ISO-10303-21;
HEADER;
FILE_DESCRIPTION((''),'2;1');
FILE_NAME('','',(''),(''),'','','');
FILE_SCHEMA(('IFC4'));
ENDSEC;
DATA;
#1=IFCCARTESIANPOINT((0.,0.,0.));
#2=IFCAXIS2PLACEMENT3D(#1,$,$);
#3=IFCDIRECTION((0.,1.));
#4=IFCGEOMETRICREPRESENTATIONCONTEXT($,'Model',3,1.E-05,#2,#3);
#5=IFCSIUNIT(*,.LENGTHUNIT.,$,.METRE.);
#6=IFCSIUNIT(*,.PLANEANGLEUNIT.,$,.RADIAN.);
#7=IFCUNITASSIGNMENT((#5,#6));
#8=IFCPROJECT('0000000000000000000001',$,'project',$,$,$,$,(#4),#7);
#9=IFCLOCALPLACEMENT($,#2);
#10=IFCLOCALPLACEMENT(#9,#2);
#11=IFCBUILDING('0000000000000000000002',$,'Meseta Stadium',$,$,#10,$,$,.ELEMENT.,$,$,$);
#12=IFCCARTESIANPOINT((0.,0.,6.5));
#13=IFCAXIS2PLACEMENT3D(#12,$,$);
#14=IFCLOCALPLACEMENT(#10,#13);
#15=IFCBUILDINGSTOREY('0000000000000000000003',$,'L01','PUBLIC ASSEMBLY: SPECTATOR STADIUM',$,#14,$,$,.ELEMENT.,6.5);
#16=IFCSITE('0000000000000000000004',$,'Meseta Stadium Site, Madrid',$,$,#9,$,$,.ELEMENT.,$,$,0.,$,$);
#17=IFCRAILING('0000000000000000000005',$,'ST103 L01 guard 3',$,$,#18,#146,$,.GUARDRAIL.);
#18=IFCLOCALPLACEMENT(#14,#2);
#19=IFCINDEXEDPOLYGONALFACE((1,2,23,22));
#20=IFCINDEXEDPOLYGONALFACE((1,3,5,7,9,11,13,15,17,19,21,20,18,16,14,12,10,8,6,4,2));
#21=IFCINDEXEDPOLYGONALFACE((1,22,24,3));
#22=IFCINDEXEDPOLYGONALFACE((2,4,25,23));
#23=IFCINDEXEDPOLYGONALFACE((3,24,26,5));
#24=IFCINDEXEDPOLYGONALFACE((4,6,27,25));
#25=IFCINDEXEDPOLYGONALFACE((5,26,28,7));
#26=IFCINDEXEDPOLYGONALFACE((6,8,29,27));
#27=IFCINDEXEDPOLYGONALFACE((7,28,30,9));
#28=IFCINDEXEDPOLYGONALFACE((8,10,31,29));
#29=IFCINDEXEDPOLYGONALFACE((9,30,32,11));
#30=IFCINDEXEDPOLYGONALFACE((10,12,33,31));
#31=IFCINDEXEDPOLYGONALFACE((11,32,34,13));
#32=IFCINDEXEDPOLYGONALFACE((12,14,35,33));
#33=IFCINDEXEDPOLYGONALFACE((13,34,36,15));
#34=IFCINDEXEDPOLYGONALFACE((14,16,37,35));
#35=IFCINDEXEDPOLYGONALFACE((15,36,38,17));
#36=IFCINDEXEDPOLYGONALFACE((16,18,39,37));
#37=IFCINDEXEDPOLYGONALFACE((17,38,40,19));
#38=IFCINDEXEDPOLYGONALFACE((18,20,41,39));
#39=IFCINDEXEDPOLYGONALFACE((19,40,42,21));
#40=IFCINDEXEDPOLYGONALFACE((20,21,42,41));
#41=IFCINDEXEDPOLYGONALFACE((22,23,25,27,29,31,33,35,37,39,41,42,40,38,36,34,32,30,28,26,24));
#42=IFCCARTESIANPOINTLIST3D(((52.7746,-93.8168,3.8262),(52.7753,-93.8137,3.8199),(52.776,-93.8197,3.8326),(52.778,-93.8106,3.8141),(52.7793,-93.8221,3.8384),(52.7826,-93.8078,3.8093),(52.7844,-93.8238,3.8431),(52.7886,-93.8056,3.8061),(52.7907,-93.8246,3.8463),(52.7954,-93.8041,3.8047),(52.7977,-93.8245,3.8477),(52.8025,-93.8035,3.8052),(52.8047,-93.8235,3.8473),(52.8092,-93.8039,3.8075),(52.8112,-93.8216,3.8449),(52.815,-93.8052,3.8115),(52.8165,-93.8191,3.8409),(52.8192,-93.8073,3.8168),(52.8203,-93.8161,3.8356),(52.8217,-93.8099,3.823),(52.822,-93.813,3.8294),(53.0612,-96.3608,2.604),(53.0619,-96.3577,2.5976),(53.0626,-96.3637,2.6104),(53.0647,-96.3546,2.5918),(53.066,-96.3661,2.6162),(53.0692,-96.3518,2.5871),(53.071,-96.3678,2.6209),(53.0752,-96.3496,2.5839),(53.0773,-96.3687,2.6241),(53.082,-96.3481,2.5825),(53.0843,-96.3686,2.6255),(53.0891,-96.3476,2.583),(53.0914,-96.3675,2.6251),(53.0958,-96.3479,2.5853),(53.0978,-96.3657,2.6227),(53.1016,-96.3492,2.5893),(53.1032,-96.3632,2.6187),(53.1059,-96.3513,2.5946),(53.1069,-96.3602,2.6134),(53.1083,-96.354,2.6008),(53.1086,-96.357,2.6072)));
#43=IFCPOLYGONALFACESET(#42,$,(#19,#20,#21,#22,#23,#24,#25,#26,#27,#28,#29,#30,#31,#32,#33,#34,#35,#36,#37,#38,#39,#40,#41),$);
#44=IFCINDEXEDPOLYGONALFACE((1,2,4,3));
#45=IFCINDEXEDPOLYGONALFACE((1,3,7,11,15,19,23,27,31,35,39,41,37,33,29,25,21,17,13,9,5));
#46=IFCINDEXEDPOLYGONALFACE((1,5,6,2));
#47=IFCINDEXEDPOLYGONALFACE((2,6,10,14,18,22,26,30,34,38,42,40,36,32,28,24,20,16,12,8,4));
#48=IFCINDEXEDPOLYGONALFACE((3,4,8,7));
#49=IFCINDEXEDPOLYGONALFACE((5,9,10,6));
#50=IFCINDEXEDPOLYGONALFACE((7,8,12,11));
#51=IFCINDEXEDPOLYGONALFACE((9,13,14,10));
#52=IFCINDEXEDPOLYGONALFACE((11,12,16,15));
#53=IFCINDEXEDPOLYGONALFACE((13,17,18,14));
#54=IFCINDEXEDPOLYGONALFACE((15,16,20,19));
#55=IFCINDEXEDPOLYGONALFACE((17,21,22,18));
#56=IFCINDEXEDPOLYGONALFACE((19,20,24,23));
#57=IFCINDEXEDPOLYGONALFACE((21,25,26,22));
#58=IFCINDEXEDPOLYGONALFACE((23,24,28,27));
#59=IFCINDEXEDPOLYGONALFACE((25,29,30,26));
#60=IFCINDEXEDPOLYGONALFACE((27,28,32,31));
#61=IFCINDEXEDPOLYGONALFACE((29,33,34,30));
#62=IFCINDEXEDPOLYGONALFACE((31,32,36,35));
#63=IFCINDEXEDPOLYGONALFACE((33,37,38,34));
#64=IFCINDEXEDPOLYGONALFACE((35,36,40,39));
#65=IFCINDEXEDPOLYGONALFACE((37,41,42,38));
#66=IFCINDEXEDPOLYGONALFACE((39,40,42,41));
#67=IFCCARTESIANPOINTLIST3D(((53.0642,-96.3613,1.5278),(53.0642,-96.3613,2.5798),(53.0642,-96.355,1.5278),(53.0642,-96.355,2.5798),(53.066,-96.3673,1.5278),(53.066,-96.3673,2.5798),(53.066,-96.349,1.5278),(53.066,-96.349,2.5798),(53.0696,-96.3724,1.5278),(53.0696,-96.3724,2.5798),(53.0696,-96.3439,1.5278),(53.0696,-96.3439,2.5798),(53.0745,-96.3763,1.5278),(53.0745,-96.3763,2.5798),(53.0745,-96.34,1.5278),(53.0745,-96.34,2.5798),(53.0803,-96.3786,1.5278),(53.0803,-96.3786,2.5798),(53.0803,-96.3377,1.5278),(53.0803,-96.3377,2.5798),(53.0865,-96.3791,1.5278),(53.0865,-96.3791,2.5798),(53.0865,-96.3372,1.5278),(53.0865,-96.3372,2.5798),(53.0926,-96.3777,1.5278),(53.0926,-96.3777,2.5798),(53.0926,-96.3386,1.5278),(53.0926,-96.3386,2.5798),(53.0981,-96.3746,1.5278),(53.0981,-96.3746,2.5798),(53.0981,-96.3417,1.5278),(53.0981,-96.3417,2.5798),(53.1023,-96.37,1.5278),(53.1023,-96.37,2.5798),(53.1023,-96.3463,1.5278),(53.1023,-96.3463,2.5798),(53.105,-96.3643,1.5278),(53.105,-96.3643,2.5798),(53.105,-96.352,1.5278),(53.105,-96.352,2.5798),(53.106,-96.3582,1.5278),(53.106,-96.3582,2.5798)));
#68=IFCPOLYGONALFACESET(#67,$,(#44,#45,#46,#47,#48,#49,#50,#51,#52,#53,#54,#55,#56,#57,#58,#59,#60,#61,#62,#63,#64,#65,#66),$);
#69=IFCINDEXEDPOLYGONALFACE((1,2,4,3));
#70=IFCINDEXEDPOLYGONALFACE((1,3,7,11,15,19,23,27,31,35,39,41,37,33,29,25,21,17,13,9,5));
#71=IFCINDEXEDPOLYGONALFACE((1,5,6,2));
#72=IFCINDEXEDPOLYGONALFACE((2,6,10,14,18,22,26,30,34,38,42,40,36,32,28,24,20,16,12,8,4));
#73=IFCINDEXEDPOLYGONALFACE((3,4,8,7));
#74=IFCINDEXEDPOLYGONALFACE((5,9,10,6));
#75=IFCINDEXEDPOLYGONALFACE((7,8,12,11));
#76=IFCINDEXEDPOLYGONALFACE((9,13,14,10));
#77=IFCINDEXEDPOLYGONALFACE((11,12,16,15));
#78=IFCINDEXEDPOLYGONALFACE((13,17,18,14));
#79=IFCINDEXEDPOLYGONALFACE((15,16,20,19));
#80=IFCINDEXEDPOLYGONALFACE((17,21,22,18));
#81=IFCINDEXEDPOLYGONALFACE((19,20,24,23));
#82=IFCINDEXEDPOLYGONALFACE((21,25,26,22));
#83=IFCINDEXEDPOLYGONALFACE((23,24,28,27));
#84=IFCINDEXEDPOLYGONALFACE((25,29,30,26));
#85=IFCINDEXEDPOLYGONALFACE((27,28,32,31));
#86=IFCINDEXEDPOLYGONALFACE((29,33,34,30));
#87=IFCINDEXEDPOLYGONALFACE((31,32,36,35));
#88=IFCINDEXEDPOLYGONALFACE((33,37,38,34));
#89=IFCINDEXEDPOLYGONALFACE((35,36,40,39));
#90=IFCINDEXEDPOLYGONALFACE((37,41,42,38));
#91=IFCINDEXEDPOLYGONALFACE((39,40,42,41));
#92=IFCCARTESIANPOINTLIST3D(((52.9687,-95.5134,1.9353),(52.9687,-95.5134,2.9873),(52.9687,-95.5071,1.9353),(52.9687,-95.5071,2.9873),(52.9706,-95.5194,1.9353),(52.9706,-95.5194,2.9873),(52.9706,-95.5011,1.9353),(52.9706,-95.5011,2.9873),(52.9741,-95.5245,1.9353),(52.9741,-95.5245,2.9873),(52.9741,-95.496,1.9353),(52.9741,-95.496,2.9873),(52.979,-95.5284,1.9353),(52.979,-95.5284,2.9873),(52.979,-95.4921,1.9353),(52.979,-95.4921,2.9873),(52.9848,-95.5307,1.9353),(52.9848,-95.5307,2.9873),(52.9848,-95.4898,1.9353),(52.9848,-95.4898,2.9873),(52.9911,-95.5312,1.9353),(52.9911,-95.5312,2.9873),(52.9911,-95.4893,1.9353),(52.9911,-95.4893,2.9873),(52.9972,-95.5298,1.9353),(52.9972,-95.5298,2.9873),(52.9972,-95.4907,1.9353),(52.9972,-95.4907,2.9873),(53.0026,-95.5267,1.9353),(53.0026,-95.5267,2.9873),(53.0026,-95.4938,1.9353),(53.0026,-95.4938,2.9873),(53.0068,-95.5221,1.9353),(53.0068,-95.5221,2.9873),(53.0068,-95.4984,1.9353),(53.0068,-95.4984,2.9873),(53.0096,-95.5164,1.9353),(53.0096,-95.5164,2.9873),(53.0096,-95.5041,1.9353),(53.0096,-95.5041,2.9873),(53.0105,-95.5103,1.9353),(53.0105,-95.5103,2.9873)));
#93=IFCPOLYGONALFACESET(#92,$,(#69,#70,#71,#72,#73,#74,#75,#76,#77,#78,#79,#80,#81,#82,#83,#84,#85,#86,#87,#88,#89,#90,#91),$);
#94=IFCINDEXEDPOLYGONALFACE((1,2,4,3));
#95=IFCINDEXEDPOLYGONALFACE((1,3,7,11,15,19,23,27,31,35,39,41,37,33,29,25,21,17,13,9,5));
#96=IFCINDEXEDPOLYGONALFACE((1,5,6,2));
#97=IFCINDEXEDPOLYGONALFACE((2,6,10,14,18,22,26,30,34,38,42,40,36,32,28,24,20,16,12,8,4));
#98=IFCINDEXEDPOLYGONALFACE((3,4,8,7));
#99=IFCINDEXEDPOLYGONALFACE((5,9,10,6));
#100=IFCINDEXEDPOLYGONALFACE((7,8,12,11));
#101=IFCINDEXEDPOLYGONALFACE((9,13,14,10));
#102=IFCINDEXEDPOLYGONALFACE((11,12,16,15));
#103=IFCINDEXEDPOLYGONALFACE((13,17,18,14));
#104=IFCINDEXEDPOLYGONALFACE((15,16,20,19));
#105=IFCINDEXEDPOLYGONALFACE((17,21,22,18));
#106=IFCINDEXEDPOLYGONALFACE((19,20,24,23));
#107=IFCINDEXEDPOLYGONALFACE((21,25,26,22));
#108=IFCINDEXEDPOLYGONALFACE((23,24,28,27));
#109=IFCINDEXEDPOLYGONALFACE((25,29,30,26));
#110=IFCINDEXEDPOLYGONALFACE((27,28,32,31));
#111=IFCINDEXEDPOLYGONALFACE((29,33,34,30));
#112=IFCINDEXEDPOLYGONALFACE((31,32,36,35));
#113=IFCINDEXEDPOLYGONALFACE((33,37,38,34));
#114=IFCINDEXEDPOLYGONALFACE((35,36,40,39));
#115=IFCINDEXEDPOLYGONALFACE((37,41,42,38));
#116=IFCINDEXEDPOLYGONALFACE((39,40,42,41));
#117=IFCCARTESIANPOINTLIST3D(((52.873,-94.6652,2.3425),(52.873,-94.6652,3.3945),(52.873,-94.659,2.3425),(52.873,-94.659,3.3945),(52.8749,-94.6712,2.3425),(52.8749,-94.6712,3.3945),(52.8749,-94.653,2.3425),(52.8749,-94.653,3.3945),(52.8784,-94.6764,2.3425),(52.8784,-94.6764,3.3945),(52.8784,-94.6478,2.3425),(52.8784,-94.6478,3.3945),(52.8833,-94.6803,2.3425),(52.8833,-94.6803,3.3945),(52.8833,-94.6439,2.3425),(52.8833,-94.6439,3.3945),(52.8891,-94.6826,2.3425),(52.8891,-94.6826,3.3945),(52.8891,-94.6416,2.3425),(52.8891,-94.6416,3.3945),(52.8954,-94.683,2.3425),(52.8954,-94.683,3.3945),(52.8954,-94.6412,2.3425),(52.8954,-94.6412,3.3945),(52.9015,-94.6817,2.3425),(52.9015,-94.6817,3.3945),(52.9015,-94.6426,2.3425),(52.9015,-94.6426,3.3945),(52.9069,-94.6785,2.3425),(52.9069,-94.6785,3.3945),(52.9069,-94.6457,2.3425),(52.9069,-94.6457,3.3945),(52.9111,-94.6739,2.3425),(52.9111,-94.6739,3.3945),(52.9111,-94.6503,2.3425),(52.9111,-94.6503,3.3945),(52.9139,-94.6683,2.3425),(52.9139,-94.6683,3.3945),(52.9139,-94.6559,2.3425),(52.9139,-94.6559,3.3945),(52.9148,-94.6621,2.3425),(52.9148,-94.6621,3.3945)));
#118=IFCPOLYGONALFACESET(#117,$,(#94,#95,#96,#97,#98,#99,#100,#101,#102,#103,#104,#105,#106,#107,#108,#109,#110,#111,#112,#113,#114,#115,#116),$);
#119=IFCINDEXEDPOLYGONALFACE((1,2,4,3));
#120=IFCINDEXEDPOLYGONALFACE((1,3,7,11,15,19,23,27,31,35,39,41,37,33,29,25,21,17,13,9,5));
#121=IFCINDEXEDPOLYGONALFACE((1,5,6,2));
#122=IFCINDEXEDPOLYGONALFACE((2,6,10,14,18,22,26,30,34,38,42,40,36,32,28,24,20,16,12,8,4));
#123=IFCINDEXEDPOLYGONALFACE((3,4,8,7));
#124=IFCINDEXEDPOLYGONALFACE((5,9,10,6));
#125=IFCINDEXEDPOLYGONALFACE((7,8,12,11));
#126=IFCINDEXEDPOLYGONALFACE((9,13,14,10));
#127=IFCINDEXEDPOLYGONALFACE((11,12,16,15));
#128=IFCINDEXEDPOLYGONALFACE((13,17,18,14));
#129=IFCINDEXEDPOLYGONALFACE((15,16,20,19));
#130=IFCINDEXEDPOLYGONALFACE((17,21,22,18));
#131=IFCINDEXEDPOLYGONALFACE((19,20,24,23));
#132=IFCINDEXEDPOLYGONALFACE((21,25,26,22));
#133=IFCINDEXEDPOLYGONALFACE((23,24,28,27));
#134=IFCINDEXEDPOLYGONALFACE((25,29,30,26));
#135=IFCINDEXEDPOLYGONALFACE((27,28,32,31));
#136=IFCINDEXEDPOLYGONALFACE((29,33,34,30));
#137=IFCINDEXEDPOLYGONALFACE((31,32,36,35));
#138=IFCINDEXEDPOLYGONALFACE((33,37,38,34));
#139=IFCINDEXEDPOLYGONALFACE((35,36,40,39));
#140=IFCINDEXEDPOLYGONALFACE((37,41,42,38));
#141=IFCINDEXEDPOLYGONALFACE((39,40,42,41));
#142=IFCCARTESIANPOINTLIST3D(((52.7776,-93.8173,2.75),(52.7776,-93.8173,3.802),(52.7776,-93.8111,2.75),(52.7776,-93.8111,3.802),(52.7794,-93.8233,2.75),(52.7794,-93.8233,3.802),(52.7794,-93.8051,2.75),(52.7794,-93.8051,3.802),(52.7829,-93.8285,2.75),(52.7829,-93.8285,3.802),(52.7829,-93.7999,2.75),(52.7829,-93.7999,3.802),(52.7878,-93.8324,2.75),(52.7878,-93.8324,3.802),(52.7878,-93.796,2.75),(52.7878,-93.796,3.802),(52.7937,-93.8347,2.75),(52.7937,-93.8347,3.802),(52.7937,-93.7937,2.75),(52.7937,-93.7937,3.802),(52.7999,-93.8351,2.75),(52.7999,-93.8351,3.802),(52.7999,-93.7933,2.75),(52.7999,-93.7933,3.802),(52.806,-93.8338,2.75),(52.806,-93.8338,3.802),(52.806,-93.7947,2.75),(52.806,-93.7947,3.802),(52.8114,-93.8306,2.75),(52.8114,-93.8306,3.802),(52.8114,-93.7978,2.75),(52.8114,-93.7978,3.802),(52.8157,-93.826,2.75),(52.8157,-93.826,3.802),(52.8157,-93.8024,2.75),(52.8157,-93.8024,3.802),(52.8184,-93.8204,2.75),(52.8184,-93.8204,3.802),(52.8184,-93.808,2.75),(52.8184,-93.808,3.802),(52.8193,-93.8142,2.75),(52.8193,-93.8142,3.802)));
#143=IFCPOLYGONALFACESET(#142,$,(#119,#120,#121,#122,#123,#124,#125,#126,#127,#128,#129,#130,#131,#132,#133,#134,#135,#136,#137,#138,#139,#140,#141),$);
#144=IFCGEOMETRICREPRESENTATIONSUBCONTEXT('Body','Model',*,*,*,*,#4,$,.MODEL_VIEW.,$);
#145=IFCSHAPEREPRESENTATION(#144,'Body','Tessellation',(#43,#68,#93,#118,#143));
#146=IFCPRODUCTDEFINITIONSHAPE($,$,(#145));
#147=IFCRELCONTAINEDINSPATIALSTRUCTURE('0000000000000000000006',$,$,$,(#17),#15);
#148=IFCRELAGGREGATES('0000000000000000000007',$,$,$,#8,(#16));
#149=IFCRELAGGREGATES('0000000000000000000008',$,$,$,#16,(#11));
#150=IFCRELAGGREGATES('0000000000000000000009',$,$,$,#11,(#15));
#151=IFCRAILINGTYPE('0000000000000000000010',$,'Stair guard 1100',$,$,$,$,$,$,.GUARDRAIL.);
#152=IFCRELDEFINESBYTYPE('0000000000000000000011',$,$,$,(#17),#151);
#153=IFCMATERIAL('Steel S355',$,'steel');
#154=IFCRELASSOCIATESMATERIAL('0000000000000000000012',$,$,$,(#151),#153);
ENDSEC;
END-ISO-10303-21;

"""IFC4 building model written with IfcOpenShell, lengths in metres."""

from ifc_helpers import new_model, si_unit, direction, frame, origin, origin_2d, place, context, subcontext, project, spatial, circle, extrude, material, type_object, element, save


model = new_model("IFC4")

# Units and contexts
model_context = context("Model", 3, precision=1e-05, world=origin(), true_north=direction((0.0, 1.0)))
body_context = subcontext(model_context, "Body", "Model", "MODEL_VIEW")
ifc_project = project(units=[si_unit("LENGTHUNIT", "METRE"), si_unit("PLANEANGLEUNIT", "RADIAN")], contexts=[model_context])

# Site, building, storey
site_placement = place(None, origin())
site = spatial("IfcSite", under=ifc_project, at=site_placement, Name="Meseta Stadium Site, Madrid", CompositionType="ELEMENT", RefElevation=0.0)
building_placement = place(site_placement, origin())
building = spatial("IfcBuilding", under=site, at=building_placement, Name="Meseta Stadium", CompositionType="ELEMENT")
storey_placement = place(building_placement, frame((0.0, 0.0, 6.5)))
storey = spatial("IfcBuildingStorey", under=building, at=storey_placement, Name="L01", Description="PUBLIC ASSEMBLY: SPECTATOR STADIUM", CompositionType="ELEMENT", Elevation=6.5)

# Railing
ifc_material_1 = material(Name="Steel S355", Category="steel")
railing_type_1 = type_object("IfcRailingType", Name="Stair guard 1100", PredefinedType="GUARDRAIL", material=ifc_material_1)
railing_1_placement = place(storey_placement, frame((53.085, -96.3582, 1.5278)))
element("IfcRailing", 1, at=railing_1_placement, inside=storey, type_object=railing_type_1, Name="ST103 L01 guard 3", PredefinedType="GUARDRAIL", context=body_context, shape_type="SweptSolid", body=[
    extrude(circle(Radius=0.0239, at=origin_2d()), frame((0.0, 0.0, 1.0762), z_axis=(-0.101036, 0.896762, 0.430824), x_axis=(-0.993713, -0.11196, 0.0)), (0.0, 0.0, 1.0), 2.8369),
    extrude(circle(Radius=0.021, at=origin_2d()), origin(), (0.0, 0.0, 1.0), 1.052),
    extrude(circle(Radius=0.021, at=origin_2d()), frame((-0.0955, 0.8479, 0.4075)), (0.0, 0.0, 1.0), 1.052),
    extrude(circle(Radius=0.021, at=origin_2d()), frame((-0.1912, 1.696, 0.8147)), (0.0, 0.0, 1.0), 1.052),
    extrude(circle(Radius=0.021, at=origin_2d()), frame((-0.2866, 2.5439, 1.2222)), (0.0, 0.0, 1.0), 1.052),
])

save(model, "model.ifc")
